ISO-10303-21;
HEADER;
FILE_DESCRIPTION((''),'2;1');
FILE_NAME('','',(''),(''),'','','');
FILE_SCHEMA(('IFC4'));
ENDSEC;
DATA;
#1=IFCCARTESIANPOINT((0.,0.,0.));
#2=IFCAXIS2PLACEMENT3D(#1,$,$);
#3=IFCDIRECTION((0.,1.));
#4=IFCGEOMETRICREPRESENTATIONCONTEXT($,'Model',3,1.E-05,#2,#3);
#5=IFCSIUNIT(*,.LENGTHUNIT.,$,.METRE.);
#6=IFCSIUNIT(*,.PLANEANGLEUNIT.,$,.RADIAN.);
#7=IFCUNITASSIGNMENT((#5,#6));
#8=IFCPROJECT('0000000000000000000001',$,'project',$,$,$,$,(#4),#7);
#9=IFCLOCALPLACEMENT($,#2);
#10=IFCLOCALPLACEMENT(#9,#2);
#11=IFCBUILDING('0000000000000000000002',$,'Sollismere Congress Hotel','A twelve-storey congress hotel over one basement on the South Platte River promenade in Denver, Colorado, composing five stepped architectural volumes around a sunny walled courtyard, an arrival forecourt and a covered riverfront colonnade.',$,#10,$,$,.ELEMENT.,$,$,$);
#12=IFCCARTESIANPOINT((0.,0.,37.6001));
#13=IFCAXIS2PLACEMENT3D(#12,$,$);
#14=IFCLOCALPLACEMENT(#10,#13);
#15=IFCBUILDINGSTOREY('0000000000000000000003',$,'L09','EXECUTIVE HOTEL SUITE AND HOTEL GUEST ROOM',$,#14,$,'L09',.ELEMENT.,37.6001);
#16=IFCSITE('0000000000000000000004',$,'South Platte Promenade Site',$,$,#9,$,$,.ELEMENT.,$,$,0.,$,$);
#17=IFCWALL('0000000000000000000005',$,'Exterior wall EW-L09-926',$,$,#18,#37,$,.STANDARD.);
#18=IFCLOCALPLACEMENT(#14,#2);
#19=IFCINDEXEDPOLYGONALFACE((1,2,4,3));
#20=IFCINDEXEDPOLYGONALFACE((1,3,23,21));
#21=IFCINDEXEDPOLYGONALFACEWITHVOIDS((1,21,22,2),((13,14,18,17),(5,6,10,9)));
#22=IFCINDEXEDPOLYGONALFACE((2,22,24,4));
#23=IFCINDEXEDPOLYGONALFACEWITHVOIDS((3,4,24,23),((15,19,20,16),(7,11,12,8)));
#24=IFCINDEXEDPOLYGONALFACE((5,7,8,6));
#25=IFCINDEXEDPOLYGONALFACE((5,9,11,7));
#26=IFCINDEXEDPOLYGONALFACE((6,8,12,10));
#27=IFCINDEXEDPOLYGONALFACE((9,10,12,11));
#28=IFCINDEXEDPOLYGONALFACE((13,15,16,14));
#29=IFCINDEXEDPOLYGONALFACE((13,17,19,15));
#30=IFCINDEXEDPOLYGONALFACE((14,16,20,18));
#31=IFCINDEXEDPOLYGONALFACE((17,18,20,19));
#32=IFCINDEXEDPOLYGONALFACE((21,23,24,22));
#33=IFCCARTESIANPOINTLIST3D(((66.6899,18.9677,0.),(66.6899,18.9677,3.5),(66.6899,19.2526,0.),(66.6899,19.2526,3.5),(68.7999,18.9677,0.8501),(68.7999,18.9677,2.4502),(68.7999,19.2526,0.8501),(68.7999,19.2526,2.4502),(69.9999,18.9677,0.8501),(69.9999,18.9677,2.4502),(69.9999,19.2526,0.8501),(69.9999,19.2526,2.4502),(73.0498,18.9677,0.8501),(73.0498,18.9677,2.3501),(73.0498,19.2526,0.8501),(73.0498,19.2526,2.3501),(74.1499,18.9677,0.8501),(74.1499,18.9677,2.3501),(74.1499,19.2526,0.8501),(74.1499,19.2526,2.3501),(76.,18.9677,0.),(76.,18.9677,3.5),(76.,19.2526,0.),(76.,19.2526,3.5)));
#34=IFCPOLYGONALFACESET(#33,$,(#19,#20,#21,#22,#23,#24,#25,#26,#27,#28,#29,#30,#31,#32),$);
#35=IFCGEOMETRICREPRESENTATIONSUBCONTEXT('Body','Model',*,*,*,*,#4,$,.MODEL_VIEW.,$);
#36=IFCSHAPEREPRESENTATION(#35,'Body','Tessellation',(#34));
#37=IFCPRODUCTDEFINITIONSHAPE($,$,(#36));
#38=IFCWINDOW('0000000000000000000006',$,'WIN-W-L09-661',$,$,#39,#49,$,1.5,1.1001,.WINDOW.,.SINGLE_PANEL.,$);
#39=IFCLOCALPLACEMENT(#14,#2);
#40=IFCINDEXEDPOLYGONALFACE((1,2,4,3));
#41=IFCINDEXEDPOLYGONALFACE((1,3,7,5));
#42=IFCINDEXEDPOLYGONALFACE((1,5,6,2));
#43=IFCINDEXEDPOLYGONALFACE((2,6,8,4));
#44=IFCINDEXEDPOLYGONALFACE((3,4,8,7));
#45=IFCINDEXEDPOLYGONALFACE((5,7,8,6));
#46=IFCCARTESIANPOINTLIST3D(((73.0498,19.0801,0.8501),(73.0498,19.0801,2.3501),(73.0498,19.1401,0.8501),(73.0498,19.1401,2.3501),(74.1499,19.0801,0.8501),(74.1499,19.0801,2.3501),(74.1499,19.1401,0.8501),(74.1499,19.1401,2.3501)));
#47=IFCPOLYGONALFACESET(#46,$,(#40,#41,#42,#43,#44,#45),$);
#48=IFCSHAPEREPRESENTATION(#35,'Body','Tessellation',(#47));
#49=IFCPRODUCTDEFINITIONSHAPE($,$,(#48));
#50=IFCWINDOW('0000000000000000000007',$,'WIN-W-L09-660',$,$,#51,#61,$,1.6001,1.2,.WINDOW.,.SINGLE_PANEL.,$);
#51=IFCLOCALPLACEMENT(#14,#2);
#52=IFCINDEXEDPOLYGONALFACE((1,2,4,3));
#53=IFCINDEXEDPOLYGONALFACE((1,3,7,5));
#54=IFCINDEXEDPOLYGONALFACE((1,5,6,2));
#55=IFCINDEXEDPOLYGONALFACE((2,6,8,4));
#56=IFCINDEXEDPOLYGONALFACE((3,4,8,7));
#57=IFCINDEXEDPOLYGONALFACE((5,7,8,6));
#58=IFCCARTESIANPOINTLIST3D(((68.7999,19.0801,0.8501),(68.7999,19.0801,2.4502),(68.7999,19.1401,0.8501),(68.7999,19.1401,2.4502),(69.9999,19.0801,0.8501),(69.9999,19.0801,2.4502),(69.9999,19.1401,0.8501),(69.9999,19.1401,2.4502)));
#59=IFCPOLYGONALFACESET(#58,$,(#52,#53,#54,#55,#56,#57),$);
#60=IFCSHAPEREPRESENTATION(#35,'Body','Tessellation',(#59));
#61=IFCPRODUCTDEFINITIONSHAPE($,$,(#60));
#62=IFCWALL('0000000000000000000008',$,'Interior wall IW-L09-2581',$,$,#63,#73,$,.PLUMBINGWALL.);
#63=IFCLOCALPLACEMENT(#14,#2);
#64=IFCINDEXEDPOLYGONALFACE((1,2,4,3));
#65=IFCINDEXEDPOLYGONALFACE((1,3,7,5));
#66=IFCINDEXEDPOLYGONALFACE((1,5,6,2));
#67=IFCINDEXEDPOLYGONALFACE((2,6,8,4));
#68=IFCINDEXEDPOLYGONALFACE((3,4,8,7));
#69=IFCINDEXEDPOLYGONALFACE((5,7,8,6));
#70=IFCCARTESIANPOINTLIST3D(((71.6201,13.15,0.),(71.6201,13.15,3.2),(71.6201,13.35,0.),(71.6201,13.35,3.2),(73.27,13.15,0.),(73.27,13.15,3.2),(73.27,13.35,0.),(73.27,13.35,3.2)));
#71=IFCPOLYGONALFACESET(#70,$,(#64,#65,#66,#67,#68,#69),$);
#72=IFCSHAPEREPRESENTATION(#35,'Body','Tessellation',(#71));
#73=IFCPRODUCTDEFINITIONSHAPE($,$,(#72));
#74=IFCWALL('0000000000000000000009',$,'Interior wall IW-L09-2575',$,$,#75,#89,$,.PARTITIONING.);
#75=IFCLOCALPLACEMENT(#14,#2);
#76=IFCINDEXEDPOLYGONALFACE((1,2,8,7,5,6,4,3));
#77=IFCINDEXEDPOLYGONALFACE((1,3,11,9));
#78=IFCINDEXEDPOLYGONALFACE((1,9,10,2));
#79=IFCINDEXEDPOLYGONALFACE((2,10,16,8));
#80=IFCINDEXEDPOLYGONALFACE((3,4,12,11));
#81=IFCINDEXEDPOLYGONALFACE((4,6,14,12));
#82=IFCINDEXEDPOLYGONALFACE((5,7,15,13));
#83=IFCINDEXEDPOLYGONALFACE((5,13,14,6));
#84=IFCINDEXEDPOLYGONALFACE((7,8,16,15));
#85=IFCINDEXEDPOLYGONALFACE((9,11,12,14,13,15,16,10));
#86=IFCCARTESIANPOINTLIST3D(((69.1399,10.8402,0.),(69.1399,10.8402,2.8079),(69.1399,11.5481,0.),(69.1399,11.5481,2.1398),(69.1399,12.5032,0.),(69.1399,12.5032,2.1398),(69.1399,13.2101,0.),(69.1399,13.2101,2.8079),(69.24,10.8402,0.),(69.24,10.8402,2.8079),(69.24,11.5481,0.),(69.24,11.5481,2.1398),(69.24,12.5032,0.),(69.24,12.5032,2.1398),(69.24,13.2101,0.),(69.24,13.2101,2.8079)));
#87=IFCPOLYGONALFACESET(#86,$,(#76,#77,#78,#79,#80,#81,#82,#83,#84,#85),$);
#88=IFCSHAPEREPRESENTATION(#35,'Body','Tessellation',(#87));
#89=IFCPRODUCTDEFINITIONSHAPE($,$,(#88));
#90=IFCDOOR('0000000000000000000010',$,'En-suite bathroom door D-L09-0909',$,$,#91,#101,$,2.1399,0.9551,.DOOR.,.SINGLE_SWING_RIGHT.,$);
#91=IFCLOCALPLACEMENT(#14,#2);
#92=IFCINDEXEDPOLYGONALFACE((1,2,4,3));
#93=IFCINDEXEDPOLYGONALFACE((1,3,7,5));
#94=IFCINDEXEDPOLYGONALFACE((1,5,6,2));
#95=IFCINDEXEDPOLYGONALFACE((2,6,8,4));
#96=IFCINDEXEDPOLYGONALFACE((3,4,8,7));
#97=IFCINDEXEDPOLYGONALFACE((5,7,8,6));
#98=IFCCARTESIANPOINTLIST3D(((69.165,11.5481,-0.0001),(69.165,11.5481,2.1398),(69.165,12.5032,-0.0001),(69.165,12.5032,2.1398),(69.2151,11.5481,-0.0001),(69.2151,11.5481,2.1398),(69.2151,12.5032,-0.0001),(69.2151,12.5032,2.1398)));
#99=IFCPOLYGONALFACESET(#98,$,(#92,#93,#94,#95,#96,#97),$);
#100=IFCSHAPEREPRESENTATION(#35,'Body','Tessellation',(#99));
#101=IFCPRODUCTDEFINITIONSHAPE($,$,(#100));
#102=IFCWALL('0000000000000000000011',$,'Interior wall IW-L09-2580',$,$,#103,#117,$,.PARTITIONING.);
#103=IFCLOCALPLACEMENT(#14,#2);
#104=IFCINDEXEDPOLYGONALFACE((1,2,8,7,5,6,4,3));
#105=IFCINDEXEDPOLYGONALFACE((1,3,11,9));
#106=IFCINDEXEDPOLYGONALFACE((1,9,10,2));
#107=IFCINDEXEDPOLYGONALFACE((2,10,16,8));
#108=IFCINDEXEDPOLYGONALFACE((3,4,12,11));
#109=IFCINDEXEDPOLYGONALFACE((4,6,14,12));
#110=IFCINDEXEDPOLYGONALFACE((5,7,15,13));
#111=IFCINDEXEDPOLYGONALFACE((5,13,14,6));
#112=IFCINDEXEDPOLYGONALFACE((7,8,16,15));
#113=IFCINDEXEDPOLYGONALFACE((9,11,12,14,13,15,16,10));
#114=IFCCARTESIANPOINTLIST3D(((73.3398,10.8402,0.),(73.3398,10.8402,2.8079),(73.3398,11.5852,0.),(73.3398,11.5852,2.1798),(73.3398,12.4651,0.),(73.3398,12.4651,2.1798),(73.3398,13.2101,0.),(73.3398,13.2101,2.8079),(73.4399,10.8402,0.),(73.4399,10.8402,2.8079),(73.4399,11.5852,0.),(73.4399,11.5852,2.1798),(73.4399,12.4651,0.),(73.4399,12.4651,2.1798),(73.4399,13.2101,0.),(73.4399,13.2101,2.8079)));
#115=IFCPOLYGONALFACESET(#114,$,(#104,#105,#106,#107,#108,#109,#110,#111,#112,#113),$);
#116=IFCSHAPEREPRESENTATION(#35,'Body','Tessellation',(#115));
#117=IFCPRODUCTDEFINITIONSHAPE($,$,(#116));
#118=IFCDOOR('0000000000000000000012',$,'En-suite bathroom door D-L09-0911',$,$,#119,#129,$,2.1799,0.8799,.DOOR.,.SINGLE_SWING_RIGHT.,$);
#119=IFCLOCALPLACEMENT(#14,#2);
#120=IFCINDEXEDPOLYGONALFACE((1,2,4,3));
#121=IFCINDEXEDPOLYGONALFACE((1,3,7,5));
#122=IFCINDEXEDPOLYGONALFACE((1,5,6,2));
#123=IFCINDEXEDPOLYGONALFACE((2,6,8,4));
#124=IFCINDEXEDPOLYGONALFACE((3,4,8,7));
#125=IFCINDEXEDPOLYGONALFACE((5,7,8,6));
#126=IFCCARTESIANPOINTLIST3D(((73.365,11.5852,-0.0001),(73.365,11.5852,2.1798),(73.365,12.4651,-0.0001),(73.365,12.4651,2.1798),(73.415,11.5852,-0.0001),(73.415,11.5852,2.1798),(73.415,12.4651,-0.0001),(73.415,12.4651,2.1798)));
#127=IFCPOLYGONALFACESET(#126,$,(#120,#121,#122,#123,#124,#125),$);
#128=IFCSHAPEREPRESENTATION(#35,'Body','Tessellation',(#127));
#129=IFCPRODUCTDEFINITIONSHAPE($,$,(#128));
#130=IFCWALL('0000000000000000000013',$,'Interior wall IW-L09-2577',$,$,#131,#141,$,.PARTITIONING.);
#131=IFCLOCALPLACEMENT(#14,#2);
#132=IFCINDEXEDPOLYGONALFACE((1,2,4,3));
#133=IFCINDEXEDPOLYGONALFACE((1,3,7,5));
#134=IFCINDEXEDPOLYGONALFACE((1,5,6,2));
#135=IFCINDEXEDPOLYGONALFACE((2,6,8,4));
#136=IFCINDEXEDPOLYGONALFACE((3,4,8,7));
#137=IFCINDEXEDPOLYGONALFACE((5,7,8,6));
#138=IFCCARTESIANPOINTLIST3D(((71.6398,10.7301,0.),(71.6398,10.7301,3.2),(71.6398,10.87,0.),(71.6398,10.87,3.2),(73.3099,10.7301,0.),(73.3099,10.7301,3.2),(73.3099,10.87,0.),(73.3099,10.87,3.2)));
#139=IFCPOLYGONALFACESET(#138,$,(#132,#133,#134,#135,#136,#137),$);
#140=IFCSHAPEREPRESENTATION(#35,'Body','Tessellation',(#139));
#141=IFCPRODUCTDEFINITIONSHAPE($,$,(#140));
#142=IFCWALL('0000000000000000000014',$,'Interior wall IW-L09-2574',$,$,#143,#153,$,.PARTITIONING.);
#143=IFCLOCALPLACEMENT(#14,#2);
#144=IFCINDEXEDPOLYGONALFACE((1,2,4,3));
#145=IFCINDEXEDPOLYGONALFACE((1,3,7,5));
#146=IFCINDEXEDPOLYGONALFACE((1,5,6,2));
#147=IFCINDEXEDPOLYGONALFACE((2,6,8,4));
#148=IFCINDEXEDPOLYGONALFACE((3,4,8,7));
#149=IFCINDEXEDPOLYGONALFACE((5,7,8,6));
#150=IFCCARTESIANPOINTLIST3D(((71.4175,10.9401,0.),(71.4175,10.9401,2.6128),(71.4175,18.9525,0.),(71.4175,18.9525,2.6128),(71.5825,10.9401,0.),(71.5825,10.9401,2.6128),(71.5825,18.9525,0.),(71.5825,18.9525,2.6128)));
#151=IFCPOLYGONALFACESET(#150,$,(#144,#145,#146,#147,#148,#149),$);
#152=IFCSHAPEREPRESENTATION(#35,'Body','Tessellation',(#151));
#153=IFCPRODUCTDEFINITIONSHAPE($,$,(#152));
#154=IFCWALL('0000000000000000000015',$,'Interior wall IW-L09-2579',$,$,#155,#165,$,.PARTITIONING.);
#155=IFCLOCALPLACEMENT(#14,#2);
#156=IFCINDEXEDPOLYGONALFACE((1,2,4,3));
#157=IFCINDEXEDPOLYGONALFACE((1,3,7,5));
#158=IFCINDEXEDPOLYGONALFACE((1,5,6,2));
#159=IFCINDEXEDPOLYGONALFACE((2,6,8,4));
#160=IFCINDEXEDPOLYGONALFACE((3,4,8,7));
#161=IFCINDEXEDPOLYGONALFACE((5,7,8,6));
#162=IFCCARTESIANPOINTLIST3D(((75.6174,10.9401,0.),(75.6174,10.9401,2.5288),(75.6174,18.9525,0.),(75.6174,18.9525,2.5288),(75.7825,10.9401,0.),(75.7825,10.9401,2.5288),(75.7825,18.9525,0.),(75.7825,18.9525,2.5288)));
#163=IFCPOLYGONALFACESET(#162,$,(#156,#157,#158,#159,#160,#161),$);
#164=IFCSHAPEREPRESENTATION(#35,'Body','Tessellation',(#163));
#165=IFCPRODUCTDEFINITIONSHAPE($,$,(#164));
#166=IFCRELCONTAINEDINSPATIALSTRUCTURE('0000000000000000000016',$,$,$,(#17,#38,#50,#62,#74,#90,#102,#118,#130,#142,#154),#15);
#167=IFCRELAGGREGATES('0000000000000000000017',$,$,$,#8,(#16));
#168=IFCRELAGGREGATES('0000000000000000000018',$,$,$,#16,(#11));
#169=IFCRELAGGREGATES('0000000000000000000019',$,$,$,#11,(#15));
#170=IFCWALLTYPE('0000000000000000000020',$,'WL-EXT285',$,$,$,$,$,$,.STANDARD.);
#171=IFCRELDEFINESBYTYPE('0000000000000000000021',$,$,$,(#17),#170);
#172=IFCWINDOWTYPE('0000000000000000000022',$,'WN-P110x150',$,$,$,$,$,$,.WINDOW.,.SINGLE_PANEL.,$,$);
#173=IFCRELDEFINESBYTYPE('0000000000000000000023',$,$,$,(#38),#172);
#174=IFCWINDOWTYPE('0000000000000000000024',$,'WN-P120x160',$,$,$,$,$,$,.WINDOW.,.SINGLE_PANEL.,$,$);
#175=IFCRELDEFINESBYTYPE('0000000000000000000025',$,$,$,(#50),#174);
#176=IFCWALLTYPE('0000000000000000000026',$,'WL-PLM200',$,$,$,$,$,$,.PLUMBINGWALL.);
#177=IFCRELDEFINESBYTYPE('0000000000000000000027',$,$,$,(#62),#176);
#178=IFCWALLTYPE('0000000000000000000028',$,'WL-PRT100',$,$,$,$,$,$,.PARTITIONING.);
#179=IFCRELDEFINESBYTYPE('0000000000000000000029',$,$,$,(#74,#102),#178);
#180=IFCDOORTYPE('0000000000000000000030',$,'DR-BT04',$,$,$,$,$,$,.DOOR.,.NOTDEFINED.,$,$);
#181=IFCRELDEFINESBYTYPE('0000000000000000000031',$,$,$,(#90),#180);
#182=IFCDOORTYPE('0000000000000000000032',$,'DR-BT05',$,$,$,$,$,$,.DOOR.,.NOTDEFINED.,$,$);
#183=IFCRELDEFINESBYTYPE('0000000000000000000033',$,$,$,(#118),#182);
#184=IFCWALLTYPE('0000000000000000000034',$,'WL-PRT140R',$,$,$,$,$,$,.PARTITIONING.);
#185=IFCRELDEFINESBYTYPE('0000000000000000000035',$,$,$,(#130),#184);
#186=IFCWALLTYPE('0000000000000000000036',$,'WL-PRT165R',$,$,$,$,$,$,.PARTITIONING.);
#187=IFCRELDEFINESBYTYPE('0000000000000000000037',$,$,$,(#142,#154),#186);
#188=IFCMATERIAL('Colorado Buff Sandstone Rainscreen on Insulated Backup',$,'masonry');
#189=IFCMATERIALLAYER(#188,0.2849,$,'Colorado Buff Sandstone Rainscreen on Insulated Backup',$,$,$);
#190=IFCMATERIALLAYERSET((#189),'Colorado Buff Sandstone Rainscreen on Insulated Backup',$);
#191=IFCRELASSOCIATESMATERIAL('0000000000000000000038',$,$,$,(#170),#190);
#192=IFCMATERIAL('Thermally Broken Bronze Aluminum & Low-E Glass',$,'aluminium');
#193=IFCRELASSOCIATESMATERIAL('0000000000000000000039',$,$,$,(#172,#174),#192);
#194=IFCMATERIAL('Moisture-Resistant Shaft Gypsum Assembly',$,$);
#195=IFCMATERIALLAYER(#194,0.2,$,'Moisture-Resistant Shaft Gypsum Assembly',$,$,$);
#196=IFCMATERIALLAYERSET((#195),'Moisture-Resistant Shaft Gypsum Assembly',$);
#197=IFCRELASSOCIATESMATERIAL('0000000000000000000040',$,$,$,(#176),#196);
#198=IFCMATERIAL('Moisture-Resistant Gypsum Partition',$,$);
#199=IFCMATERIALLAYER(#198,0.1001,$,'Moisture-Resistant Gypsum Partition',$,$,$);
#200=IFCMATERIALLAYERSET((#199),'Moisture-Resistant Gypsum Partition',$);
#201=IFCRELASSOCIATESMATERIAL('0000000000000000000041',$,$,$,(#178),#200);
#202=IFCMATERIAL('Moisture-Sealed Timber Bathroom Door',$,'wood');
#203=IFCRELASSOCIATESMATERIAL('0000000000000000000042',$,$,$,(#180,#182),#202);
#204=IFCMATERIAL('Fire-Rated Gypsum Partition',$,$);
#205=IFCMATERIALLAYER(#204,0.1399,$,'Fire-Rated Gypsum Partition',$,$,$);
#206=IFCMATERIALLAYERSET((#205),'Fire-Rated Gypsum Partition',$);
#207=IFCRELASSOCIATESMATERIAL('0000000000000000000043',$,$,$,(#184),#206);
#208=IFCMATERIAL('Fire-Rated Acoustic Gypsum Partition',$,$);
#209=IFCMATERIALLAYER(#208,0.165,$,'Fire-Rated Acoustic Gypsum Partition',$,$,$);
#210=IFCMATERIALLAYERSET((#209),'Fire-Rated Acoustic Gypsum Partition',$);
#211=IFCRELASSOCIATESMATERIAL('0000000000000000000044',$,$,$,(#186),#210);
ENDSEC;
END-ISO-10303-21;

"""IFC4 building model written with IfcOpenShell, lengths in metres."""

from ifc_helpers import new_model, si_unit, direction, frame, frame_2d, origin, place, context, subcontext, project, spatial, rectangle, extrude, material, layer, layer_set, type_object, element, fill, save


model = new_model("IFC4")

# Units and contexts
model_context = context("Model", 3, precision=1e-05, world=origin(), true_north=direction((0.0, 1.0)))
body_context = subcontext(model_context, "Body", "Model", "MODEL_VIEW")
ifc_project = project(units=[si_unit("LENGTHUNIT", "METRE"), si_unit("PLANEANGLEUNIT", "RADIAN")], contexts=[model_context])

# Site, building, storey
site_placement = place(None, origin())
site = spatial("IfcSite", under=ifc_project, at=site_placement, Name="South Platte Promenade Site", CompositionType="ELEMENT", RefElevation=0.0)
building_placement = place(site_placement, origin())
building = spatial("IfcBuilding", under=site, at=building_placement, Name="Sollismere Congress Hotel", Description="A twelve-storey congress hotel over one basement on the South Platte River promenade in Denver, Colorado, composing five stepped architectural volumes around a sunny walled courtyard, an arrival forecourt and a covered riverfront colonnade.", CompositionType="ELEMENT")
storey_placement = place(building_placement, frame((0.0, 0.0, 37.6001)))
storey = spatial("IfcBuildingStorey", under=building, at=storey_placement, Name="L09", Description="EXECUTIVE HOTEL SUITE AND HOTEL GUEST ROOM", LongName="L09", CompositionType="ELEMENT", Elevation=37.6001)

# Wall, openings, windows
ifc_material_1 = material(Name="Colorado Buff Sandstone Rainscreen on Insulated Backup", Category="masonry")
ifc_layer_1 = layer(ifc_material_1, 0.2849, Name="Colorado Buff Sandstone Rainscreen on Insulated Backup")
ifc_layer_set_1 = layer_set([ifc_layer_1], Name="Colorado Buff Sandstone Rainscreen on Insulated Backup")
wall_type_1 = type_object("IfcWallType", Name="WL-EXT285", PredefinedType="STANDARD", material=ifc_layer_set_1)
wall_1_placement = place(storey_placement, frame((76.0, 19.1101, 0.0), z_axis=(0.0, 0.0, 1.0), x_axis=(-1.0, 0.0, 0.0)))
wall_1 = element("IfcWall", 1, at=wall_1_placement, inside=storey, type_object=wall_type_1, Name="Exterior wall EW-L09-926", PredefinedType="STANDARD", context=body_context, shape_type="SweptSolid", body=[
    extrude(rectangle(XDim=9.3101, YDim=0.2849, at=frame_2d((4.655, 0.0))), origin(), (0.0, 0.0, 1.0), 3.5),
])
opening_1_placement = place(wall_1_placement, frame((6.0, 0.0, 0.8501)))
opening_1 = element("IfcOpeningElement", 2, at=opening_1_placement, cuts=wall_1, PredefinedType="OPENING", context=body_context, shape_type="SweptSolid", body=[
    extrude(rectangle(XDim=1.2, YDim=1.6001, at=frame_2d((0.6001, 0.8))), frame((0.0, 0.1523, 0.0), z_axis=(0.0, -1.0, 0.0), x_axis=(1.0, 0.0, 0.0)), (0.0, 0.0, 1.0), 0.3049),
])
opening_2_placement = place(wall_1_placement, frame((1.8501, 0.0, 0.8501)))
opening_2 = element("IfcOpeningElement", 3, at=opening_2_placement, cuts=wall_1, PredefinedType="OPENING", context=body_context, shape_type="SweptSolid", body=[
    extrude(rectangle(XDim=1.1001, YDim=1.5, at=frame_2d((0.55, 0.75))), frame((0.0, 0.1523, 0.0), z_axis=(0.0, -1.0, 0.0), x_axis=(1.0, 0.0, 0.0)), (0.0, 0.0, 1.0), 0.3049),
])
ifc_material_2 = material(Name="Thermally Broken Bronze Aluminum & Low-E Glass", Category="aluminium")
window_type_1 = type_object("IfcWindowType", Name="WN-P110x150", PartitioningType="SINGLE_PANEL", PredefinedType="WINDOW", material=ifc_material_2)
window_1_placement = place(opening_2_placement, origin())
window_1 = element("IfcWindow", 4, at=window_1_placement, inside=storey, type_object=window_type_1, Name="WIN-W-L09-661", OverallHeight=1.5, OverallWidth=1.1001, PartitioningType="SINGLE_PANEL", PredefinedType="WINDOW", context=body_context, shape_type="SweptSolid", body=[
    extrude(rectangle(XDim=1.1001, YDim=1.5, at=frame_2d((0.55, 0.75))), frame((0.0, 0.03, 0.0), z_axis=(0.0, -1.0, 0.0), x_axis=(1.0, 0.0, 0.0)), (0.0, 0.0, 1.0), 0.0601),
])
fill(opening_2, window_1)
window_type_2 = type_object("IfcWindowType", Name="WN-P120x160", PartitioningType="SINGLE_PANEL", PredefinedType="WINDOW", material=ifc_material_2)
window_2_placement = place(opening_1_placement, origin())
window_2 = element("IfcWindow", 5, at=window_2_placement, inside=storey, type_object=window_type_2, Name="WIN-W-L09-660", OverallHeight=1.6001, OverallWidth=1.2, PartitioningType="SINGLE_PANEL", PredefinedType="WINDOW", context=body_context, shape_type="SweptSolid", body=[
    extrude(rectangle(XDim=1.2, YDim=1.6001, at=frame_2d((0.6001, 0.8))), frame((0.0, 0.03, 0.0), z_axis=(0.0, -1.0, 0.0), x_axis=(1.0, 0.0, 0.0)), (0.0, 0.0, 1.0), 0.0601),
])
fill(opening_1, window_2)

# Wall
ifc_material_3 = material(Name="Moisture-Resistant Shaft Gypsum Assembly")
ifc_layer_2 = layer(ifc_material_3, 0.2, Name="Moisture-Resistant Shaft Gypsum Assembly")
ifc_layer_set_2 = layer_set([ifc_layer_2], Name="Moisture-Resistant Shaft Gypsum Assembly")
wall_type_2 = type_object("IfcWallType", Name="WL-PLM200", PredefinedType="PLUMBINGWALL", material=ifc_layer_set_2)
wall_2_placement = place(storey_placement, frame((71.6201, 13.25, 0.0), z_axis=(0.0, 0.0, 1.0), x_axis=(1.0, 0.0, 0.0)))
element("IfcWall", 6, at=wall_2_placement, inside=storey, type_object=wall_type_2, Name="Interior wall IW-L09-2581", PredefinedType="PLUMBINGWALL", context=body_context, shape_type="SweptSolid", body=[
    extrude(rectangle(XDim=1.6499, YDim=0.2, at=frame_2d((0.825, 0.0))), origin(), (0.0, 0.0, 1.0), 3.2),
])

# Walls, openings, doors
ifc_material_4 = material(Name="Moisture-Resistant Gypsum Partition")
ifc_layer_3 = layer(ifc_material_4, 0.1001, Name="Moisture-Resistant Gypsum Partition")
ifc_layer_set_3 = layer_set([ifc_layer_3], Name="Moisture-Resistant Gypsum Partition")
wall_type_3 = type_object("IfcWallType", Name="WL-PRT100", PredefinedType="PARTITIONING", material=ifc_layer_set_3)
wall_3_placement = place(storey_placement, frame((69.1899, 10.8401, 0.0), z_axis=(0.0, 0.0, 1.0), x_axis=(0.0, 1.0, 0.0)))
wall_3 = element("IfcWall", 7, at=wall_3_placement, inside=storey, type_object=wall_type_3, Name="Interior wall IW-L09-2575", PredefinedType="PARTITIONING", context=body_context, shape_type="SweptSolid", body=[
    extrude(rectangle(XDim=2.3699, YDim=0.1001, at=frame_2d((1.1851, 0.0))), origin(), (0.0, 0.0, 1.0), 2.8079),
])
opening_3_placement = place(wall_3_placement, frame((0.708, 0.0, 0.0)))
opening_3 = element("IfcOpeningElement", 8, at=opening_3_placement, cuts=wall_3, PredefinedType="OPENING", context=body_context, shape_type="SweptSolid", body=[
    extrude(rectangle(XDim=0.9551, YDim=2.1399, at=frame_2d((0.4775, 1.0698))), frame((0.0, 0.0601, 0.0), z_axis=(0.0, -1.0, 0.0), x_axis=(1.0, 0.0, 0.0)), (0.0, 0.0, 1.0), 0.1201),
])
ifc_material_5 = material(Name="Moisture-Sealed Timber Bathroom Door", Category="wood")
door_type_1 = type_object("IfcDoorType", Name="DR-BT04", OperationType="NOTDEFINED", PredefinedType="DOOR", material=ifc_material_5)
door_1_placement = place(opening_3_placement, origin())
door_1 = element("IfcDoor", 9, at=door_1_placement, inside=storey, type_object=door_type_1, Name="En-suite bathroom door D-L09-0909", OperationType="SINGLE_SWING_RIGHT", OverallHeight=2.1399, OverallWidth=0.9551, PredefinedType="DOOR", context=body_context, shape_type="SweptSolid", body=[
    extrude(rectangle(XDim=0.9551, YDim=2.1399, at=frame_2d((0.4775, 1.0698))), frame((0.0, 0.0249, 0.0), z_axis=(0.0, -1.0, 0.0), x_axis=(1.0, 0.0, 0.0)), (0.0, 0.0, 1.0), 0.05),
])
fill(opening_3, door_1)
wall_4_placement = place(storey_placement, frame((73.3899, 10.8401, 0.0), z_axis=(0.0, 0.0, 1.0), x_axis=(0.0, 1.0, 0.0)))
wall_4 = element("IfcWall", 10, at=wall_4_placement, inside=storey, type_object=wall_type_3, Name="Interior wall IW-L09-2580", PredefinedType="PARTITIONING", context=body_context, shape_type="SweptSolid", body=[
    extrude(rectangle(XDim=2.3699, YDim=0.1001, at=frame_2d((1.1851, 0.0))), origin(), (0.0, 0.0, 1.0), 2.8079),
])
opening_4_placement = place(wall_4_placement, frame((0.7451, 0.0, 0.0)))
opening_4 = element("IfcOpeningElement", 11, at=opening_4_placement, cuts=wall_4, PredefinedType="OPENING", context=body_context, shape_type="SweptSolid", body=[
    extrude(rectangle(XDim=0.8799, YDim=2.1799, at=frame_2d((0.4399, 1.0898))), frame((0.0, 0.0601, 0.0), z_axis=(0.0, -1.0, 0.0), x_axis=(1.0, 0.0, 0.0)), (0.0, 0.0, 1.0), 0.1201),
])
door_type_2 = type_object("IfcDoorType", Name="DR-BT05", OperationType="NOTDEFINED", PredefinedType="DOOR", material=ifc_material_5)
door_2_placement = place(opening_4_placement, origin())
door_2 = element("IfcDoor", 12, at=door_2_placement, inside=storey, type_object=door_type_2, Name="En-suite bathroom door D-L09-0911", OperationType="SINGLE_SWING_RIGHT", OverallHeight=2.1799, OverallWidth=0.8799, PredefinedType="DOOR", context=body_context, shape_type="SweptSolid", body=[
    extrude(rectangle(XDim=0.8799, YDim=2.1799, at=frame_2d((0.4399, 1.0898))), frame((0.0, 0.0249, 0.0), z_axis=(0.0, -1.0, 0.0), x_axis=(1.0, 0.0, 0.0)), (0.0, 0.0, 1.0), 0.05),
])
fill(opening_4, door_2)
ifc_material_6 = material(Name="Fire-Rated Gypsum Partition")
ifc_layer_4 = layer(ifc_material_6, 0.1399, Name="Fire-Rated Gypsum Partition")
ifc_layer_set_4 = layer_set([ifc_layer_4], Name="Fire-Rated Gypsum Partition")
wall_type_4 = type_object("IfcWallType", Name="WL-PRT140R", PredefinedType="PARTITIONING", material=ifc_layer_set_4)

# Wall
wall_5_placement = place(storey_placement, frame((71.6399, 10.8, 0.0), z_axis=(0.0, 0.0, 1.0), x_axis=(1.0, 0.0, 0.0)))
element("IfcWall", 13, at=wall_5_placement, inside=storey, type_object=wall_type_4, Name="Interior wall IW-L09-2577", PredefinedType="PARTITIONING", context=body_context, shape_type="SweptSolid", body=[
    extrude(rectangle(XDim=1.6702, YDim=0.1399, at=frame_2d((0.835, 0.0))), origin(), (0.0, 0.0, 1.0), 3.2),
])

# Walls
ifc_material_7 = material(Name="Fire-Rated Acoustic Gypsum Partition")
ifc_layer_5 = layer(ifc_material_7, 0.165, Name="Fire-Rated Acoustic Gypsum Partition")
ifc_layer_set_5 = layer_set([ifc_layer_5], Name="Fire-Rated Acoustic Gypsum Partition")
wall_type_5 = type_object("IfcWallType", Name="WL-PRT165R", PredefinedType="PARTITIONING", material=ifc_layer_set_5)
wall_6_placement = place(storey_placement, frame((71.5, 10.9399, 0.0), z_axis=(0.0, 0.0, 1.0), x_axis=(0.0, 1.0, 0.0)))
element("IfcWall", 14, at=wall_6_placement, inside=storey, type_object=wall_type_5, Name="Interior wall IW-L09-2574", PredefinedType="PARTITIONING", context=body_context, shape_type="SweptSolid", body=[
    extrude(rectangle(XDim=8.0125, YDim=0.165, at=frame_2d((4.0063, 0.0))), origin(), (0.0, 0.0, 1.0), 2.6128),
])
wall_7_placement = place(storey_placement, frame((75.7, 10.9399, 0.0), z_axis=(0.0, 0.0, 1.0), x_axis=(0.0, 1.0, 0.0)))
element("IfcWall", 15, at=wall_7_placement, inside=storey, type_object=wall_type_5, Name="Interior wall IW-L09-2579", PredefinedType="PARTITIONING", context=body_context, shape_type="SweptSolid", body=[
    extrude(rectangle(XDim=8.0125, YDim=0.165, at=frame_2d((4.0063, 0.0))), origin(), (0.0, 0.0, 1.0), 2.5288),
])

save(model, "model.ifc")
